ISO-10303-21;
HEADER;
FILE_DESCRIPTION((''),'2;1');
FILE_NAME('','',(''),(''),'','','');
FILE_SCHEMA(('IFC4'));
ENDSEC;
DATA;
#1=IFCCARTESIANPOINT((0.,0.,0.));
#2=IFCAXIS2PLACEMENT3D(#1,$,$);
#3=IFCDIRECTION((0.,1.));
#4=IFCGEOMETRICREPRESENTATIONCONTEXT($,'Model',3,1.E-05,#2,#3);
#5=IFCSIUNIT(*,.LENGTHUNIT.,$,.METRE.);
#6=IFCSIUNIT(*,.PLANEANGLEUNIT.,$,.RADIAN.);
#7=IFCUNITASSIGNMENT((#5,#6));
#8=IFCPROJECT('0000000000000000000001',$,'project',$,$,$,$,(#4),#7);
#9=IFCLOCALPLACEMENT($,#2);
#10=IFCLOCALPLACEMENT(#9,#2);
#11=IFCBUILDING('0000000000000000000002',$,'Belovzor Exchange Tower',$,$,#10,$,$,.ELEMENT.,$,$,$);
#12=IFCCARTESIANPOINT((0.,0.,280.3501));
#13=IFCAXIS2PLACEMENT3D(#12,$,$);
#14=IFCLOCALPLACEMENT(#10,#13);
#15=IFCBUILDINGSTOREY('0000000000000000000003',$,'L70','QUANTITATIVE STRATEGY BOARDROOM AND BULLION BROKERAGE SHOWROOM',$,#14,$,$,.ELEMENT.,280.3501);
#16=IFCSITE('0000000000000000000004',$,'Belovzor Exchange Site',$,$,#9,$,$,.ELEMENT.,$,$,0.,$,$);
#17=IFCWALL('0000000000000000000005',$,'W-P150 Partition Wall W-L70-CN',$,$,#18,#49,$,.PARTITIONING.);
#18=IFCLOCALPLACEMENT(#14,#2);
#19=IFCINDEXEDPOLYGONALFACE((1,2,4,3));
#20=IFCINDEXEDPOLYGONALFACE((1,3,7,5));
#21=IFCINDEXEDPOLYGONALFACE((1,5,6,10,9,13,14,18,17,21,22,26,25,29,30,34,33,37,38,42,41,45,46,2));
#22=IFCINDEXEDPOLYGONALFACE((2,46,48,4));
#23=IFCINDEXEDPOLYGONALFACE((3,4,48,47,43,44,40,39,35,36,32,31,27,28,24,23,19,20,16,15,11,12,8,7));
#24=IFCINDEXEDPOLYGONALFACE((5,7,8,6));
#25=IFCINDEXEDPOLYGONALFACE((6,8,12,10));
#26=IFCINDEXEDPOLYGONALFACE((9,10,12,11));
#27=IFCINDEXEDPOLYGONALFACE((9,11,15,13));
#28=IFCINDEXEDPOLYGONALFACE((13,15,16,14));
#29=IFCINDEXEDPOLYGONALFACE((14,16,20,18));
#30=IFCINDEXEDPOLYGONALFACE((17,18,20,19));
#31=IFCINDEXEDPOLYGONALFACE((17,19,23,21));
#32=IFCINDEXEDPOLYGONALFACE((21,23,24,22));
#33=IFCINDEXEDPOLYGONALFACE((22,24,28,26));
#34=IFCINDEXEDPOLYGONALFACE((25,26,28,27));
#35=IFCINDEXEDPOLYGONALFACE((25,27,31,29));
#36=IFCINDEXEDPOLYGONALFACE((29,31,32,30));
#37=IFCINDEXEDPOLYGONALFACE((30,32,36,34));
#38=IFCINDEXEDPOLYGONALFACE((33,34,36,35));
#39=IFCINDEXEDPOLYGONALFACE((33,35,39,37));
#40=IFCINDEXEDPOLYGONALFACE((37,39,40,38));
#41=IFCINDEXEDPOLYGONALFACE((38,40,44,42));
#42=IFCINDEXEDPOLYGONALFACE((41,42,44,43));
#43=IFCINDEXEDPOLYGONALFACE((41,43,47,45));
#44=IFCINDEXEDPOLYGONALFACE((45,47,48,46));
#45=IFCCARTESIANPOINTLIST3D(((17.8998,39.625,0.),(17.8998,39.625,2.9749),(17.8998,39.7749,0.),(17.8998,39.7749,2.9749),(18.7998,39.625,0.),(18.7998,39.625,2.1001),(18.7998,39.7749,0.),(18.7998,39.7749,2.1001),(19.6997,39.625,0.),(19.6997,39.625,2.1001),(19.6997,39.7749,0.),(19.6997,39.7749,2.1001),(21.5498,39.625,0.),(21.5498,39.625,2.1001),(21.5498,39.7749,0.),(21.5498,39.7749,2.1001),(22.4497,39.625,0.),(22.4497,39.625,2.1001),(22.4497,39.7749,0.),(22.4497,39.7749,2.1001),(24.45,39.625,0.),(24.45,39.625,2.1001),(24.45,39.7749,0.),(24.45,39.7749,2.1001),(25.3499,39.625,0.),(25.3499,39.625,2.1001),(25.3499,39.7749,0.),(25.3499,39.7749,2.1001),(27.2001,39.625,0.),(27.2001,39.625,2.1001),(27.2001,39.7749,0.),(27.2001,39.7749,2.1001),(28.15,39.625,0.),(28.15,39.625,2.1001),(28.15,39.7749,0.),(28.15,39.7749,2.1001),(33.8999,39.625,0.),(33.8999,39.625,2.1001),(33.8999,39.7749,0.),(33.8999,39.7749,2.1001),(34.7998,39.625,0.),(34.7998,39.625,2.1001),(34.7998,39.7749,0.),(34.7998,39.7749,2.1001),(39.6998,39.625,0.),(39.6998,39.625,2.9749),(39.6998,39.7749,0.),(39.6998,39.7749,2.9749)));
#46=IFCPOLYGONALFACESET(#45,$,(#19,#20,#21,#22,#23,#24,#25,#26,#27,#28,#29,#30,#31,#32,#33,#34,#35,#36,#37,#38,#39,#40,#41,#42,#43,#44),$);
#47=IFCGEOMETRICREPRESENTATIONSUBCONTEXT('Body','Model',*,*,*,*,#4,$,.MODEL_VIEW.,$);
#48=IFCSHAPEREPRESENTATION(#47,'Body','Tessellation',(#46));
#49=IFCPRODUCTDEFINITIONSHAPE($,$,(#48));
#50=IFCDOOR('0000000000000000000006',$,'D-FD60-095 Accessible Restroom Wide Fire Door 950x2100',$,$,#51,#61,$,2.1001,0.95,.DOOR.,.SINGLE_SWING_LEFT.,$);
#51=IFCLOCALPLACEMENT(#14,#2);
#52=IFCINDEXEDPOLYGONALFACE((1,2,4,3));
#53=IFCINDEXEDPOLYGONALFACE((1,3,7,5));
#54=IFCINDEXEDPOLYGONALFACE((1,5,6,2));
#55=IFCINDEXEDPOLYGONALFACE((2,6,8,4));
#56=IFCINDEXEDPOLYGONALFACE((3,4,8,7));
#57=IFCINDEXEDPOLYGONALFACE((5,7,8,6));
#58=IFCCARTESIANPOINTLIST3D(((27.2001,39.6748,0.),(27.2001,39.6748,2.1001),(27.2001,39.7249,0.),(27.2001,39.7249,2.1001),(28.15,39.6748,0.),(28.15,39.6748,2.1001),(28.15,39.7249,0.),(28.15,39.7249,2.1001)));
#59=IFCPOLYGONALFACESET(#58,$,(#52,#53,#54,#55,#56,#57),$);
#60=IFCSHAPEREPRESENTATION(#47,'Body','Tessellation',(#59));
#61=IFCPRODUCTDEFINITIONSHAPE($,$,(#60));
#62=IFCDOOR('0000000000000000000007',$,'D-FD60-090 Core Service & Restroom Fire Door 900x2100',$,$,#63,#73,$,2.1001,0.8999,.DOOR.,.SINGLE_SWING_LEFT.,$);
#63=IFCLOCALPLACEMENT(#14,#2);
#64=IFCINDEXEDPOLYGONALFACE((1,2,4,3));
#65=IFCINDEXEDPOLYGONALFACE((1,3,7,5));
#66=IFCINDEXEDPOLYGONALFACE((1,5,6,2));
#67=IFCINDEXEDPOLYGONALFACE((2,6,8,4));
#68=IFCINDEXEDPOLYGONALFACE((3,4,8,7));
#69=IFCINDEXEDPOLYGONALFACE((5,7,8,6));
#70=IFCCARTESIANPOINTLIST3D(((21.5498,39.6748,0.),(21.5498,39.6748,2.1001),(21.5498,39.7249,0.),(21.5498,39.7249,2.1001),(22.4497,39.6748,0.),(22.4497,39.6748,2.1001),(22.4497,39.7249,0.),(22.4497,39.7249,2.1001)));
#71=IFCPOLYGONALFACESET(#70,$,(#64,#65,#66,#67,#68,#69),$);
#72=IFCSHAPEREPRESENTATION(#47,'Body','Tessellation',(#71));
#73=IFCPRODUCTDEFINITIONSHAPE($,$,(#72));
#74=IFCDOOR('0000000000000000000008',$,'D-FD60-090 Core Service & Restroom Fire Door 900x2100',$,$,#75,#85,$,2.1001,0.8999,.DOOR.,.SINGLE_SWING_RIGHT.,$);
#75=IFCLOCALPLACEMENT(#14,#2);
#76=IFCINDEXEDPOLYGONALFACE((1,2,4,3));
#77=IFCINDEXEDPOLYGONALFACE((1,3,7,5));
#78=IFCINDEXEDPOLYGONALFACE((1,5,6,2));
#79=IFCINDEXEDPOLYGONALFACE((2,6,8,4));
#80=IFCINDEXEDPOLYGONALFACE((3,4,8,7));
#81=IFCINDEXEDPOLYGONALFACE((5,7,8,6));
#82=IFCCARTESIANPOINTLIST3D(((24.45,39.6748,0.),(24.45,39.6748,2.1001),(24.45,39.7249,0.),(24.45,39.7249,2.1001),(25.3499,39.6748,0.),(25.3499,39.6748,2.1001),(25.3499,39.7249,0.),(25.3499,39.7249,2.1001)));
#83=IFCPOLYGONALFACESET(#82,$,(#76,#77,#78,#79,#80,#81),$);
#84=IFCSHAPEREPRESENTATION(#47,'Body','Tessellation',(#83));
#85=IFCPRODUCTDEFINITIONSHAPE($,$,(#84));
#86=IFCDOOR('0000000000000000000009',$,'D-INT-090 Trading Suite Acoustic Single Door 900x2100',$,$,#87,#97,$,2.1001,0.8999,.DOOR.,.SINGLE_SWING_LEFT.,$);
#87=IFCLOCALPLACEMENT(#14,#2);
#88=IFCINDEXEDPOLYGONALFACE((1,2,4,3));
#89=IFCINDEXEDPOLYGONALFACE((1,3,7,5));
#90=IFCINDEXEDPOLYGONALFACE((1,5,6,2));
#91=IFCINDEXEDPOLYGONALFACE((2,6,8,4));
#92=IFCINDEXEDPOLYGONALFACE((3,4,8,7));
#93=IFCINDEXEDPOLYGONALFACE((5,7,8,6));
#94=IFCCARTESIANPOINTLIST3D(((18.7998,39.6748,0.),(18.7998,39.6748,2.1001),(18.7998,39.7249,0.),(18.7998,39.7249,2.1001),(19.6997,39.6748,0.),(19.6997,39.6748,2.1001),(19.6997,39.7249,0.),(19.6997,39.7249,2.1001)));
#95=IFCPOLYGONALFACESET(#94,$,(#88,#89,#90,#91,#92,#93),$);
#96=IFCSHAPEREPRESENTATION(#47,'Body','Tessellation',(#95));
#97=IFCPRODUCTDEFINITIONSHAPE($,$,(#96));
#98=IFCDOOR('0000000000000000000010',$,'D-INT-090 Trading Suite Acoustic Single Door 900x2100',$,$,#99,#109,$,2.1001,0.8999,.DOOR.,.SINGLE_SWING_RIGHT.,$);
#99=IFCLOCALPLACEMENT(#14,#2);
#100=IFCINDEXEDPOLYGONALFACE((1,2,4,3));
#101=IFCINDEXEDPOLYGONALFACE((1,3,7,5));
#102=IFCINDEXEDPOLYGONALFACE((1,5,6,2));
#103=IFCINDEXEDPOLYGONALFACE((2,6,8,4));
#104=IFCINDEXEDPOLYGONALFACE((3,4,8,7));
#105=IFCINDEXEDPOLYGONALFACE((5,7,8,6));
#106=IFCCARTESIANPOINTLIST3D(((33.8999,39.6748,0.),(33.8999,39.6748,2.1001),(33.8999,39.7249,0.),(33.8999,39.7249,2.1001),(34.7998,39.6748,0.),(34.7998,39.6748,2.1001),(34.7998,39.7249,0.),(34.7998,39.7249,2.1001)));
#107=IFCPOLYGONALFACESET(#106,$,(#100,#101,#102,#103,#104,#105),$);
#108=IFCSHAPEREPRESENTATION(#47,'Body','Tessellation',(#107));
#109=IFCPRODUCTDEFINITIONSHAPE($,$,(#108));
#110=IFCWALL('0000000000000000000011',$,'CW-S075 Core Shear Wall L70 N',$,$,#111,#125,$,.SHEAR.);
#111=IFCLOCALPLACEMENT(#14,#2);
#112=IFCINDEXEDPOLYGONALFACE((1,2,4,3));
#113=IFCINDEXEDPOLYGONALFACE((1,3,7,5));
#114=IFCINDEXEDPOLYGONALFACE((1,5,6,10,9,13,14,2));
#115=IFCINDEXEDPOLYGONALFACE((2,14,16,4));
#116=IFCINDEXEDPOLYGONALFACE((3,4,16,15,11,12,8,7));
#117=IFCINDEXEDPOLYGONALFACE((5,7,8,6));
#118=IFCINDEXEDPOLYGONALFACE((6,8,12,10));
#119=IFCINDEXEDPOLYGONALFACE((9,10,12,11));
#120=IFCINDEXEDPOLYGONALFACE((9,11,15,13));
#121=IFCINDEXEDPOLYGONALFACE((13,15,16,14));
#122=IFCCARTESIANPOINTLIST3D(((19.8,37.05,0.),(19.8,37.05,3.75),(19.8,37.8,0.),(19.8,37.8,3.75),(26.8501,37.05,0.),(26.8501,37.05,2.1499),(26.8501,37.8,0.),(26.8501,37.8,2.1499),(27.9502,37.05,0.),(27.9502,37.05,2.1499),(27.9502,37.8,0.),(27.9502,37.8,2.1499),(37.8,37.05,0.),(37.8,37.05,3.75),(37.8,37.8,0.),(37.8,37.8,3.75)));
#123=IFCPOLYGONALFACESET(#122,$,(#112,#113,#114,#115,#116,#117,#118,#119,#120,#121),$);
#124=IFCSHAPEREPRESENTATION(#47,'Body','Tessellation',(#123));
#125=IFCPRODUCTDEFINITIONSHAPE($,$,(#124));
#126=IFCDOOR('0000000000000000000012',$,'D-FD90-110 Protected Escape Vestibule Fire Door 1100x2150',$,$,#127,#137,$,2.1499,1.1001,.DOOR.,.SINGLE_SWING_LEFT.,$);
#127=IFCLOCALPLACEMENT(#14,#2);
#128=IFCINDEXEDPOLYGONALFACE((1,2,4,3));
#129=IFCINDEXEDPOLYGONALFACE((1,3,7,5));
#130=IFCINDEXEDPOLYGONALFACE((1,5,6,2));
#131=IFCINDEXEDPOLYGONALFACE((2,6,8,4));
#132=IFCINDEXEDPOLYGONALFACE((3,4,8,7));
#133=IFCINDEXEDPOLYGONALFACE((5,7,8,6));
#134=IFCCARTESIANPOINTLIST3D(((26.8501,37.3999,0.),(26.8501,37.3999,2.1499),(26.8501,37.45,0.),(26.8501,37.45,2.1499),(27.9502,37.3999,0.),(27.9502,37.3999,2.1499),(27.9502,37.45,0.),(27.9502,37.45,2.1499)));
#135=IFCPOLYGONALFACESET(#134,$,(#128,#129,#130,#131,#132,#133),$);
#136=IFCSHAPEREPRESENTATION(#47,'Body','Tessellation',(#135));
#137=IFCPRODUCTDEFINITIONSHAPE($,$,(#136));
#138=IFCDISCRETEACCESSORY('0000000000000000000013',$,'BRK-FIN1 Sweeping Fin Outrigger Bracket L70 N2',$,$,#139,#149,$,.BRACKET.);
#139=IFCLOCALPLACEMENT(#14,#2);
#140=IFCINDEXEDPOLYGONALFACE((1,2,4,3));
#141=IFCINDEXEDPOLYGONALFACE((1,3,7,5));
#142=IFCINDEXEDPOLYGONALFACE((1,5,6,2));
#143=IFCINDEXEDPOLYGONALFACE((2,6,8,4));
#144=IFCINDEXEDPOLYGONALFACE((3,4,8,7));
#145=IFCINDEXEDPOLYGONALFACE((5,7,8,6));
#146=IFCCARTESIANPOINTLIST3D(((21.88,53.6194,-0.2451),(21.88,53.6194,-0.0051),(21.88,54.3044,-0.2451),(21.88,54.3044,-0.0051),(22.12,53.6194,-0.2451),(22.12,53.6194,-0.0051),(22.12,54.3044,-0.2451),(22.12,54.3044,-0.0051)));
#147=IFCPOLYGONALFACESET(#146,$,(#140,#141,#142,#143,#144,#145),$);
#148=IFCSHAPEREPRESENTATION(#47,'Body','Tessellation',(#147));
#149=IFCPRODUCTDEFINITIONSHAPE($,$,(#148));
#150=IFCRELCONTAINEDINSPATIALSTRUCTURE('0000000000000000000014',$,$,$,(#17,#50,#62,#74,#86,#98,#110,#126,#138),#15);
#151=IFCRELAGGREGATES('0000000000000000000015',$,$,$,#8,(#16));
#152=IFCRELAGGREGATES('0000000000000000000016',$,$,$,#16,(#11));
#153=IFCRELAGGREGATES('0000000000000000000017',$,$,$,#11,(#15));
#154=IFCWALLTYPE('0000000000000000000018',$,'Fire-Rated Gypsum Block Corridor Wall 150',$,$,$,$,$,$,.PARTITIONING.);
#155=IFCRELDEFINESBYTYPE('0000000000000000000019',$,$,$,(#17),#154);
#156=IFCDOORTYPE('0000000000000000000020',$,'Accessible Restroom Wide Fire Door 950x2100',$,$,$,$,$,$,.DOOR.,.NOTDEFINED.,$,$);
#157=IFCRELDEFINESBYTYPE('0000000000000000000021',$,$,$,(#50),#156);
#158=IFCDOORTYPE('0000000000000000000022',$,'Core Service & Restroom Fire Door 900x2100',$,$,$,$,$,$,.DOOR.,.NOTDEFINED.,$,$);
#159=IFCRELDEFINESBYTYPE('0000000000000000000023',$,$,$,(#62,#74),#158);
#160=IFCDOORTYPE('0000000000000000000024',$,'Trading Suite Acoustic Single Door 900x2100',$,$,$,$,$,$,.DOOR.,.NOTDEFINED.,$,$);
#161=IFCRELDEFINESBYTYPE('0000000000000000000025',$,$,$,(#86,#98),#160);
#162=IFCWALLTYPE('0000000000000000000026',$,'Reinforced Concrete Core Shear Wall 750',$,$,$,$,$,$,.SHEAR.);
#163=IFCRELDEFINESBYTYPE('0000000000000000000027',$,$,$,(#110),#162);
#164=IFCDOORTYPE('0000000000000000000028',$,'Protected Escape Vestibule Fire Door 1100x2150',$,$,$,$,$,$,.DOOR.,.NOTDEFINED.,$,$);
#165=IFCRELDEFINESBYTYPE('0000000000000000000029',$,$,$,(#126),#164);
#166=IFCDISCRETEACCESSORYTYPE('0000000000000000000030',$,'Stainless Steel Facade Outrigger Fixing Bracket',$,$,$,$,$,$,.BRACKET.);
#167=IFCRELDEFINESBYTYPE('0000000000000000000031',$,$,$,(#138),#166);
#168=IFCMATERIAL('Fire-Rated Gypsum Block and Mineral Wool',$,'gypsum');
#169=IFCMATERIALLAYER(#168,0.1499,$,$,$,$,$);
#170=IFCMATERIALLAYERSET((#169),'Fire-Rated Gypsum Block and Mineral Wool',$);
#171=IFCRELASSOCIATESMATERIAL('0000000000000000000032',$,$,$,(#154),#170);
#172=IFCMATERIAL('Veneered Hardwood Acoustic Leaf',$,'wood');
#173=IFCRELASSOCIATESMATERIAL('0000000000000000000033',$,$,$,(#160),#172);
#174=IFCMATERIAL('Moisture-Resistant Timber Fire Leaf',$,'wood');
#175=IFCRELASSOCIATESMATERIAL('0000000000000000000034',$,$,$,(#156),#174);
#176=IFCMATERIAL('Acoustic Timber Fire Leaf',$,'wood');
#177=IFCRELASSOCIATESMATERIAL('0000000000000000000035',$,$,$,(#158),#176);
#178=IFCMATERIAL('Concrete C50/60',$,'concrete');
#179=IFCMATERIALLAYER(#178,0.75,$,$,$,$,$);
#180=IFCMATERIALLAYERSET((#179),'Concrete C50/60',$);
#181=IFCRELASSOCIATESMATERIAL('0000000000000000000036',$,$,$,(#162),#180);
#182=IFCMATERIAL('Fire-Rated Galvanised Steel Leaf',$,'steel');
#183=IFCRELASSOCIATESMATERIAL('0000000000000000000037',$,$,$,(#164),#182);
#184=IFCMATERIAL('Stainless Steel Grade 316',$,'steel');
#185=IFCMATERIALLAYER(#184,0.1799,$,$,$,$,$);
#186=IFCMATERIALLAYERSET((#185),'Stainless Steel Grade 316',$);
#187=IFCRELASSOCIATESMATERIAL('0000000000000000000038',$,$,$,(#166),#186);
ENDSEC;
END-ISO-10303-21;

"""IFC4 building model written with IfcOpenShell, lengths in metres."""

from ifc_helpers import new_model, si_unit, direction, frame, frame_2d, origin, origin_2d, place, context, subcontext, project, spatial, rectangle, extrude, material, layer, layer_set, type_object, element, fill, save


model = new_model("IFC4")

# Units and contexts
model_context = context("Model", 3, precision=1e-05, world=origin(), true_north=direction((0.0, 1.0)))
body_context = subcontext(model_context, "Body", "Model", "MODEL_VIEW")
ifc_project = project(units=[si_unit("LENGTHUNIT", "METRE"), si_unit("PLANEANGLEUNIT", "RADIAN")], contexts=[model_context])

# Site, building, storey
site_placement = place(None, origin())
site = spatial("IfcSite", under=ifc_project, at=site_placement, Name="Belovzor Exchange Site", CompositionType="ELEMENT", RefElevation=0.0)
building_placement = place(site_placement, origin())
building = spatial("IfcBuilding", under=site, at=building_placement, Name="Belovzor Exchange Tower", CompositionType="ELEMENT")
storey_placement = place(building_placement, frame((0.0, 0.0, 280.3501)))
storey = spatial("IfcBuildingStorey", under=building, at=storey_placement, Name="L70", Description="QUANTITATIVE STRATEGY BOARDROOM AND BULLION BROKERAGE SHOWROOM", CompositionType="ELEMENT", Elevation=280.3501)

# Shared definitions
ifc_material_1 = material(Name="Fire-Rated Gypsum Block and Mineral Wool", Category="gypsum")
ifc_layer_1 = layer(ifc_material_1, 0.1499)
ifc_layer_set_1 = layer_set([ifc_layer_1], Name="Fire-Rated Gypsum Block and Mineral Wool")
wall_type_1 = type_object("IfcWallType", Name="Fire-Rated Gypsum Block Corridor Wall 150", PredefinedType="PARTITIONING", material=ifc_layer_set_1)

# Shared definitions
ifc_material_2 = material(Name="Veneered Hardwood Acoustic Leaf", Category="wood")
door_type_1 = type_object("IfcDoorType", Name="Trading Suite Acoustic Single Door 900x2100", OperationType="NOTDEFINED", PredefinedType="DOOR", material=ifc_material_2)

# Wall, openings, doors
wall_1_placement = place(storey_placement, frame((17.8999, 39.7, 0.0), z_axis=(0.0, 0.0, 1.0), x_axis=(1.0, 0.0, 0.0)))
wall_1 = element("IfcWall", 1, at=wall_1_placement, inside=storey, type_object=wall_type_1, Name="W-P150 Partition Wall W-L70-CN", PredefinedType="PARTITIONING", context=body_context, shape_type="SweptSolid", body=[
    extrude(rectangle(XDim=21.8, YDim=0.1499, at=frame_2d((10.8999, 0.0))), origin(), (0.0, 0.0, 1.0), 2.9749),
])
opening_1_placement = place(wall_1_placement, frame((0.8999, 0.0, 0.0)))
opening_1 = element("IfcOpeningElement", 2, at=opening_1_placement, cuts=wall_1, PredefinedType="OPENING", context=body_context, shape_type="SweptSolid", body=[
    extrude(rectangle(XDim=0.8999, YDim=2.1001, at=frame_2d((0.45, 1.05))), frame((0.0, 0.085, 0.0), z_axis=(0.0, -1.0, 0.0), x_axis=(1.0, 0.0, 0.0)), (0.0, 0.0, 1.0), 0.1699),
])
opening_2_placement = place(wall_1_placement, frame((3.6499, 0.0, 0.0)))
opening_2 = element("IfcOpeningElement", 3, at=opening_2_placement, cuts=wall_1, PredefinedType="OPENING", context=body_context, shape_type="SweptSolid", body=[
    extrude(rectangle(XDim=0.8999, YDim=2.1001, at=frame_2d((0.45, 1.05))), frame((0.0, 0.085, 0.0), z_axis=(0.0, -1.0, 0.0), x_axis=(1.0, 0.0, 0.0)), (0.0, 0.0, 1.0), 0.1699),
])
opening_3_placement = place(wall_1_placement, frame((6.55, 0.0, 0.0)))
opening_3 = element("IfcOpeningElement", 4, at=opening_3_placement, cuts=wall_1, PredefinedType="OPENING", context=body_context, shape_type="SweptSolid", body=[
    extrude(rectangle(XDim=0.8999, YDim=2.1001, at=frame_2d((0.45, 1.05))), frame((0.0, 0.085, 0.0), z_axis=(0.0, -1.0, 0.0), x_axis=(1.0, 0.0, 0.0)), (0.0, 0.0, 1.0), 0.1699),
])
opening_4_placement = place(wall_1_placement, frame((9.3, 0.0, 0.0)))
opening_4 = element("IfcOpeningElement", 5, at=opening_4_placement, cuts=wall_1, PredefinedType="OPENING", context=body_context, shape_type="SweptSolid", body=[
    extrude(rectangle(XDim=0.95, YDim=2.1001, at=frame_2d((0.4751, 1.05))), frame((0.0, 0.085, 0.0), z_axis=(0.0, -1.0, 0.0), x_axis=(1.0, 0.0, 0.0)), (0.0, 0.0, 1.0), 0.1699),
])
opening_5_placement = place(wall_1_placement, frame((16.0, 0.0, 0.0)))
opening_5 = element("IfcOpeningElement", 6, at=opening_5_placement, cuts=wall_1, PredefinedType="OPENING", context=body_context, shape_type="SweptSolid", body=[
    extrude(rectangle(XDim=0.8999, YDim=2.1001, at=frame_2d((0.45, 1.05))), frame((0.0, 0.085, 0.0), z_axis=(0.0, -1.0, 0.0), x_axis=(1.0, 0.0, 0.0)), (0.0, 0.0, 1.0), 0.1699),
])
ifc_material_3 = material(Name="Moisture-Resistant Timber Fire Leaf", Category="wood")
door_type_2 = type_object("IfcDoorType", Name="Accessible Restroom Wide Fire Door 950x2100", OperationType="NOTDEFINED", PredefinedType="DOOR", material=ifc_material_3)
door_1_placement = place(opening_4_placement, origin())
door_1 = element("IfcDoor", 7, at=door_1_placement, inside=storey, type_object=door_type_2, Name="D-FD60-095 Accessible Restroom Wide Fire Door 950x2100", OperationType="SINGLE_SWING_LEFT", OverallHeight=2.1001, OverallWidth=0.95, PredefinedType="DOOR", context=body_context, shape_type="SweptSolid", body=[
    extrude(rectangle(XDim=0.95, YDim=2.1001, at=frame_2d((0.4751, 1.05))), frame((0.0, 0.0249, 0.0), z_axis=(0.0, -1.0, 0.0), x_axis=(1.0, 0.0, 0.0)), (0.0, 0.0, 1.0), 0.05),
])
fill(opening_4, door_1)
ifc_material_4 = material(Name="Acoustic Timber Fire Leaf", Category="wood")
door_type_3 = type_object("IfcDoorType", Name="Core Service & Restroom Fire Door 900x2100", OperationType="NOTDEFINED", PredefinedType="DOOR", material=ifc_material_4)
door_2_placement = place(opening_2_placement, origin())
door_2 = element("IfcDoor", 8, at=door_2_placement, inside=storey, type_object=door_type_3, Name="D-FD60-090 Core Service & Restroom Fire Door 900x2100", OperationType="SINGLE_SWING_LEFT", OverallHeight=2.1001, OverallWidth=0.8999, PredefinedType="DOOR", context=body_context, shape_type="SweptSolid", body=[
    extrude(rectangle(XDim=0.8999, YDim=2.1001, at=frame_2d((0.45, 1.05))), frame((0.0, 0.0249, 0.0), z_axis=(0.0, -1.0, 0.0), x_axis=(1.0, 0.0, 0.0)), (0.0, 0.0, 1.0), 0.05),
])
fill(opening_2, door_2)
door_3_placement = place(opening_3_placement, origin())
door_3 = element("IfcDoor", 9, at=door_3_placement, inside=storey, type_object=door_type_3, Name="D-FD60-090 Core Service & Restroom Fire Door 900x2100", OperationType="SINGLE_SWING_RIGHT", OverallHeight=2.1001, OverallWidth=0.8999, PredefinedType="DOOR", context=body_context, shape_type="SweptSolid", body=[
    extrude(rectangle(XDim=0.8999, YDim=2.1001, at=frame_2d((0.45, 1.05))), frame((0.0, 0.0249, 0.0), z_axis=(0.0, -1.0, 0.0), x_axis=(1.0, 0.0, 0.0)), (0.0, 0.0, 1.0), 0.05),
])
fill(opening_3, door_3)
door_4_placement = place(opening_1_placement, origin())
door_4 = element("IfcDoor", 10, at=door_4_placement, inside=storey, type_object=door_type_1, Name="D-INT-090 Trading Suite Acoustic Single Door 900x2100", OperationType="SINGLE_SWING_LEFT", OverallHeight=2.1001, OverallWidth=0.8999, PredefinedType="DOOR", context=body_context, shape_type="SweptSolid", body=[
    extrude(rectangle(XDim=0.8999, YDim=2.1001, at=frame_2d((0.45, 1.05))), frame((0.0, 0.0249, 0.0), z_axis=(0.0, -1.0, 0.0), x_axis=(1.0, 0.0, 0.0)), (0.0, 0.0, 1.0), 0.05),
])
fill(opening_1, door_4)
door_5_placement = place(opening_5_placement, origin())
door_5 = element("IfcDoor", 11, at=door_5_placement, inside=storey, type_object=door_type_1, Name="D-INT-090 Trading Suite Acoustic Single Door 900x2100", OperationType="SINGLE_SWING_RIGHT", OverallHeight=2.1001, OverallWidth=0.8999, PredefinedType="DOOR", context=body_context, shape_type="SweptSolid", body=[
    extrude(rectangle(XDim=0.8999, YDim=2.1001, at=frame_2d((0.45, 1.05))), frame((0.0, 0.0249, 0.0), z_axis=(0.0, -1.0, 0.0), x_axis=(1.0, 0.0, 0.0)), (0.0, 0.0, 1.0), 0.05),
])
fill(opening_5, door_5)

# Wall, opening, door
ifc_material_5 = material(Name="Concrete C50/60", Category="concrete")
ifc_layer_2 = layer(ifc_material_5, 0.75)
ifc_layer_set_2 = layer_set([ifc_layer_2], Name="Concrete C50/60")
wall_type_2 = type_object("IfcWallType", Name="Reinforced Concrete Core Shear Wall 750", PredefinedType="SHEAR", material=ifc_layer_set_2)
wall_2_placement = place(storey_placement, frame((19.8, 37.425, 0.0), z_axis=(0.0, 0.0, 1.0), x_axis=(1.0, 0.0, 0.0)))
wall_2 = element("IfcWall", 12, at=wall_2_placement, inside=storey, type_object=wall_type_2, Name="CW-S075 Core Shear Wall L70 N", PredefinedType="SHEAR", context=body_context, shape_type="SweptSolid", body=[
    extrude(rectangle(XDim=18.0, YDim=0.75, at=frame_2d((9.0, 0.0))), origin(), (0.0, 0.0, 1.0), 3.75),
])
opening_6_placement = place(wall_2_placement, frame((7.05, 0.0, 0.0)))
opening_6 = element("IfcOpeningElement", 13, at=opening_6_placement, cuts=wall_2, PredefinedType="OPENING", context=body_context, shape_type="SweptSolid", body=[
    extrude(rectangle(XDim=1.1001, YDim=2.1499, at=frame_2d((0.55, 1.075))), frame((0.0, 0.385, 0.0), z_axis=(0.0, -1.0, 0.0), x_axis=(1.0, 0.0, 0.0)), (0.0, 0.0, 1.0), 0.77),
])
ifc_material_6 = material(Name="Fire-Rated Galvanised Steel Leaf", Category="steel")
door_type_4 = type_object("IfcDoorType", Name="Protected Escape Vestibule Fire Door 1100x2150", OperationType="NOTDEFINED", PredefinedType="DOOR", material=ifc_material_6)
door_6_placement = place(opening_6_placement, origin())
door_6 = element("IfcDoor", 14, at=door_6_placement, inside=storey, type_object=door_type_4, Name="D-FD90-110 Protected Escape Vestibule Fire Door 1100x2150", OperationType="SINGLE_SWING_LEFT", OverallHeight=2.1499, OverallWidth=1.1001, PredefinedType="DOOR", context=body_context, shape_type="SweptSolid", body=[
    extrude(rectangle(XDim=1.1001, YDim=2.1499, at=frame_2d((0.55, 1.075))), frame((0.0, 0.0249, 0.0), z_axis=(0.0, -1.0, 0.0), x_axis=(1.0, 0.0, 0.0)), (0.0, 0.0, 1.0), 0.05),
])
fill(opening_6, door_6)

# Discrete accessory
ifc_material_7 = material(Name="Stainless Steel Grade 316", Category="steel")
ifc_layer_3 = layer(ifc_material_7, 0.1799)
ifc_layer_set_3 = layer_set([ifc_layer_3], Name="Stainless Steel Grade 316")
discrete_accessory_type = type_object("IfcDiscreteAccessoryType", Name="Stainless Steel Facade Outrigger Fixing Bracket", PredefinedType="BRACKET", material=ifc_layer_set_3)
discrete_accessory_placement = place(storey_placement, frame((22.0, 53.9619, -0.2451), z_axis=(0.0, 0.0, 1.0), x_axis=(0.0, 1.0, 0.0)))
element("IfcDiscreteAccessory", 15, at=discrete_accessory_placement, inside=storey, type_object=discrete_accessory_type, Name="BRK-FIN1 Sweeping Fin Outrigger Bracket L70 N2", PredefinedType="BRACKET", context=body_context, shape_type="SweptSolid", body=[
    extrude(rectangle(XDim=0.6851, YDim=0.24, at=origin_2d()), origin(), (0.0, 0.0, 1.0), 0.24),
])

save(model, "model.ifc")
